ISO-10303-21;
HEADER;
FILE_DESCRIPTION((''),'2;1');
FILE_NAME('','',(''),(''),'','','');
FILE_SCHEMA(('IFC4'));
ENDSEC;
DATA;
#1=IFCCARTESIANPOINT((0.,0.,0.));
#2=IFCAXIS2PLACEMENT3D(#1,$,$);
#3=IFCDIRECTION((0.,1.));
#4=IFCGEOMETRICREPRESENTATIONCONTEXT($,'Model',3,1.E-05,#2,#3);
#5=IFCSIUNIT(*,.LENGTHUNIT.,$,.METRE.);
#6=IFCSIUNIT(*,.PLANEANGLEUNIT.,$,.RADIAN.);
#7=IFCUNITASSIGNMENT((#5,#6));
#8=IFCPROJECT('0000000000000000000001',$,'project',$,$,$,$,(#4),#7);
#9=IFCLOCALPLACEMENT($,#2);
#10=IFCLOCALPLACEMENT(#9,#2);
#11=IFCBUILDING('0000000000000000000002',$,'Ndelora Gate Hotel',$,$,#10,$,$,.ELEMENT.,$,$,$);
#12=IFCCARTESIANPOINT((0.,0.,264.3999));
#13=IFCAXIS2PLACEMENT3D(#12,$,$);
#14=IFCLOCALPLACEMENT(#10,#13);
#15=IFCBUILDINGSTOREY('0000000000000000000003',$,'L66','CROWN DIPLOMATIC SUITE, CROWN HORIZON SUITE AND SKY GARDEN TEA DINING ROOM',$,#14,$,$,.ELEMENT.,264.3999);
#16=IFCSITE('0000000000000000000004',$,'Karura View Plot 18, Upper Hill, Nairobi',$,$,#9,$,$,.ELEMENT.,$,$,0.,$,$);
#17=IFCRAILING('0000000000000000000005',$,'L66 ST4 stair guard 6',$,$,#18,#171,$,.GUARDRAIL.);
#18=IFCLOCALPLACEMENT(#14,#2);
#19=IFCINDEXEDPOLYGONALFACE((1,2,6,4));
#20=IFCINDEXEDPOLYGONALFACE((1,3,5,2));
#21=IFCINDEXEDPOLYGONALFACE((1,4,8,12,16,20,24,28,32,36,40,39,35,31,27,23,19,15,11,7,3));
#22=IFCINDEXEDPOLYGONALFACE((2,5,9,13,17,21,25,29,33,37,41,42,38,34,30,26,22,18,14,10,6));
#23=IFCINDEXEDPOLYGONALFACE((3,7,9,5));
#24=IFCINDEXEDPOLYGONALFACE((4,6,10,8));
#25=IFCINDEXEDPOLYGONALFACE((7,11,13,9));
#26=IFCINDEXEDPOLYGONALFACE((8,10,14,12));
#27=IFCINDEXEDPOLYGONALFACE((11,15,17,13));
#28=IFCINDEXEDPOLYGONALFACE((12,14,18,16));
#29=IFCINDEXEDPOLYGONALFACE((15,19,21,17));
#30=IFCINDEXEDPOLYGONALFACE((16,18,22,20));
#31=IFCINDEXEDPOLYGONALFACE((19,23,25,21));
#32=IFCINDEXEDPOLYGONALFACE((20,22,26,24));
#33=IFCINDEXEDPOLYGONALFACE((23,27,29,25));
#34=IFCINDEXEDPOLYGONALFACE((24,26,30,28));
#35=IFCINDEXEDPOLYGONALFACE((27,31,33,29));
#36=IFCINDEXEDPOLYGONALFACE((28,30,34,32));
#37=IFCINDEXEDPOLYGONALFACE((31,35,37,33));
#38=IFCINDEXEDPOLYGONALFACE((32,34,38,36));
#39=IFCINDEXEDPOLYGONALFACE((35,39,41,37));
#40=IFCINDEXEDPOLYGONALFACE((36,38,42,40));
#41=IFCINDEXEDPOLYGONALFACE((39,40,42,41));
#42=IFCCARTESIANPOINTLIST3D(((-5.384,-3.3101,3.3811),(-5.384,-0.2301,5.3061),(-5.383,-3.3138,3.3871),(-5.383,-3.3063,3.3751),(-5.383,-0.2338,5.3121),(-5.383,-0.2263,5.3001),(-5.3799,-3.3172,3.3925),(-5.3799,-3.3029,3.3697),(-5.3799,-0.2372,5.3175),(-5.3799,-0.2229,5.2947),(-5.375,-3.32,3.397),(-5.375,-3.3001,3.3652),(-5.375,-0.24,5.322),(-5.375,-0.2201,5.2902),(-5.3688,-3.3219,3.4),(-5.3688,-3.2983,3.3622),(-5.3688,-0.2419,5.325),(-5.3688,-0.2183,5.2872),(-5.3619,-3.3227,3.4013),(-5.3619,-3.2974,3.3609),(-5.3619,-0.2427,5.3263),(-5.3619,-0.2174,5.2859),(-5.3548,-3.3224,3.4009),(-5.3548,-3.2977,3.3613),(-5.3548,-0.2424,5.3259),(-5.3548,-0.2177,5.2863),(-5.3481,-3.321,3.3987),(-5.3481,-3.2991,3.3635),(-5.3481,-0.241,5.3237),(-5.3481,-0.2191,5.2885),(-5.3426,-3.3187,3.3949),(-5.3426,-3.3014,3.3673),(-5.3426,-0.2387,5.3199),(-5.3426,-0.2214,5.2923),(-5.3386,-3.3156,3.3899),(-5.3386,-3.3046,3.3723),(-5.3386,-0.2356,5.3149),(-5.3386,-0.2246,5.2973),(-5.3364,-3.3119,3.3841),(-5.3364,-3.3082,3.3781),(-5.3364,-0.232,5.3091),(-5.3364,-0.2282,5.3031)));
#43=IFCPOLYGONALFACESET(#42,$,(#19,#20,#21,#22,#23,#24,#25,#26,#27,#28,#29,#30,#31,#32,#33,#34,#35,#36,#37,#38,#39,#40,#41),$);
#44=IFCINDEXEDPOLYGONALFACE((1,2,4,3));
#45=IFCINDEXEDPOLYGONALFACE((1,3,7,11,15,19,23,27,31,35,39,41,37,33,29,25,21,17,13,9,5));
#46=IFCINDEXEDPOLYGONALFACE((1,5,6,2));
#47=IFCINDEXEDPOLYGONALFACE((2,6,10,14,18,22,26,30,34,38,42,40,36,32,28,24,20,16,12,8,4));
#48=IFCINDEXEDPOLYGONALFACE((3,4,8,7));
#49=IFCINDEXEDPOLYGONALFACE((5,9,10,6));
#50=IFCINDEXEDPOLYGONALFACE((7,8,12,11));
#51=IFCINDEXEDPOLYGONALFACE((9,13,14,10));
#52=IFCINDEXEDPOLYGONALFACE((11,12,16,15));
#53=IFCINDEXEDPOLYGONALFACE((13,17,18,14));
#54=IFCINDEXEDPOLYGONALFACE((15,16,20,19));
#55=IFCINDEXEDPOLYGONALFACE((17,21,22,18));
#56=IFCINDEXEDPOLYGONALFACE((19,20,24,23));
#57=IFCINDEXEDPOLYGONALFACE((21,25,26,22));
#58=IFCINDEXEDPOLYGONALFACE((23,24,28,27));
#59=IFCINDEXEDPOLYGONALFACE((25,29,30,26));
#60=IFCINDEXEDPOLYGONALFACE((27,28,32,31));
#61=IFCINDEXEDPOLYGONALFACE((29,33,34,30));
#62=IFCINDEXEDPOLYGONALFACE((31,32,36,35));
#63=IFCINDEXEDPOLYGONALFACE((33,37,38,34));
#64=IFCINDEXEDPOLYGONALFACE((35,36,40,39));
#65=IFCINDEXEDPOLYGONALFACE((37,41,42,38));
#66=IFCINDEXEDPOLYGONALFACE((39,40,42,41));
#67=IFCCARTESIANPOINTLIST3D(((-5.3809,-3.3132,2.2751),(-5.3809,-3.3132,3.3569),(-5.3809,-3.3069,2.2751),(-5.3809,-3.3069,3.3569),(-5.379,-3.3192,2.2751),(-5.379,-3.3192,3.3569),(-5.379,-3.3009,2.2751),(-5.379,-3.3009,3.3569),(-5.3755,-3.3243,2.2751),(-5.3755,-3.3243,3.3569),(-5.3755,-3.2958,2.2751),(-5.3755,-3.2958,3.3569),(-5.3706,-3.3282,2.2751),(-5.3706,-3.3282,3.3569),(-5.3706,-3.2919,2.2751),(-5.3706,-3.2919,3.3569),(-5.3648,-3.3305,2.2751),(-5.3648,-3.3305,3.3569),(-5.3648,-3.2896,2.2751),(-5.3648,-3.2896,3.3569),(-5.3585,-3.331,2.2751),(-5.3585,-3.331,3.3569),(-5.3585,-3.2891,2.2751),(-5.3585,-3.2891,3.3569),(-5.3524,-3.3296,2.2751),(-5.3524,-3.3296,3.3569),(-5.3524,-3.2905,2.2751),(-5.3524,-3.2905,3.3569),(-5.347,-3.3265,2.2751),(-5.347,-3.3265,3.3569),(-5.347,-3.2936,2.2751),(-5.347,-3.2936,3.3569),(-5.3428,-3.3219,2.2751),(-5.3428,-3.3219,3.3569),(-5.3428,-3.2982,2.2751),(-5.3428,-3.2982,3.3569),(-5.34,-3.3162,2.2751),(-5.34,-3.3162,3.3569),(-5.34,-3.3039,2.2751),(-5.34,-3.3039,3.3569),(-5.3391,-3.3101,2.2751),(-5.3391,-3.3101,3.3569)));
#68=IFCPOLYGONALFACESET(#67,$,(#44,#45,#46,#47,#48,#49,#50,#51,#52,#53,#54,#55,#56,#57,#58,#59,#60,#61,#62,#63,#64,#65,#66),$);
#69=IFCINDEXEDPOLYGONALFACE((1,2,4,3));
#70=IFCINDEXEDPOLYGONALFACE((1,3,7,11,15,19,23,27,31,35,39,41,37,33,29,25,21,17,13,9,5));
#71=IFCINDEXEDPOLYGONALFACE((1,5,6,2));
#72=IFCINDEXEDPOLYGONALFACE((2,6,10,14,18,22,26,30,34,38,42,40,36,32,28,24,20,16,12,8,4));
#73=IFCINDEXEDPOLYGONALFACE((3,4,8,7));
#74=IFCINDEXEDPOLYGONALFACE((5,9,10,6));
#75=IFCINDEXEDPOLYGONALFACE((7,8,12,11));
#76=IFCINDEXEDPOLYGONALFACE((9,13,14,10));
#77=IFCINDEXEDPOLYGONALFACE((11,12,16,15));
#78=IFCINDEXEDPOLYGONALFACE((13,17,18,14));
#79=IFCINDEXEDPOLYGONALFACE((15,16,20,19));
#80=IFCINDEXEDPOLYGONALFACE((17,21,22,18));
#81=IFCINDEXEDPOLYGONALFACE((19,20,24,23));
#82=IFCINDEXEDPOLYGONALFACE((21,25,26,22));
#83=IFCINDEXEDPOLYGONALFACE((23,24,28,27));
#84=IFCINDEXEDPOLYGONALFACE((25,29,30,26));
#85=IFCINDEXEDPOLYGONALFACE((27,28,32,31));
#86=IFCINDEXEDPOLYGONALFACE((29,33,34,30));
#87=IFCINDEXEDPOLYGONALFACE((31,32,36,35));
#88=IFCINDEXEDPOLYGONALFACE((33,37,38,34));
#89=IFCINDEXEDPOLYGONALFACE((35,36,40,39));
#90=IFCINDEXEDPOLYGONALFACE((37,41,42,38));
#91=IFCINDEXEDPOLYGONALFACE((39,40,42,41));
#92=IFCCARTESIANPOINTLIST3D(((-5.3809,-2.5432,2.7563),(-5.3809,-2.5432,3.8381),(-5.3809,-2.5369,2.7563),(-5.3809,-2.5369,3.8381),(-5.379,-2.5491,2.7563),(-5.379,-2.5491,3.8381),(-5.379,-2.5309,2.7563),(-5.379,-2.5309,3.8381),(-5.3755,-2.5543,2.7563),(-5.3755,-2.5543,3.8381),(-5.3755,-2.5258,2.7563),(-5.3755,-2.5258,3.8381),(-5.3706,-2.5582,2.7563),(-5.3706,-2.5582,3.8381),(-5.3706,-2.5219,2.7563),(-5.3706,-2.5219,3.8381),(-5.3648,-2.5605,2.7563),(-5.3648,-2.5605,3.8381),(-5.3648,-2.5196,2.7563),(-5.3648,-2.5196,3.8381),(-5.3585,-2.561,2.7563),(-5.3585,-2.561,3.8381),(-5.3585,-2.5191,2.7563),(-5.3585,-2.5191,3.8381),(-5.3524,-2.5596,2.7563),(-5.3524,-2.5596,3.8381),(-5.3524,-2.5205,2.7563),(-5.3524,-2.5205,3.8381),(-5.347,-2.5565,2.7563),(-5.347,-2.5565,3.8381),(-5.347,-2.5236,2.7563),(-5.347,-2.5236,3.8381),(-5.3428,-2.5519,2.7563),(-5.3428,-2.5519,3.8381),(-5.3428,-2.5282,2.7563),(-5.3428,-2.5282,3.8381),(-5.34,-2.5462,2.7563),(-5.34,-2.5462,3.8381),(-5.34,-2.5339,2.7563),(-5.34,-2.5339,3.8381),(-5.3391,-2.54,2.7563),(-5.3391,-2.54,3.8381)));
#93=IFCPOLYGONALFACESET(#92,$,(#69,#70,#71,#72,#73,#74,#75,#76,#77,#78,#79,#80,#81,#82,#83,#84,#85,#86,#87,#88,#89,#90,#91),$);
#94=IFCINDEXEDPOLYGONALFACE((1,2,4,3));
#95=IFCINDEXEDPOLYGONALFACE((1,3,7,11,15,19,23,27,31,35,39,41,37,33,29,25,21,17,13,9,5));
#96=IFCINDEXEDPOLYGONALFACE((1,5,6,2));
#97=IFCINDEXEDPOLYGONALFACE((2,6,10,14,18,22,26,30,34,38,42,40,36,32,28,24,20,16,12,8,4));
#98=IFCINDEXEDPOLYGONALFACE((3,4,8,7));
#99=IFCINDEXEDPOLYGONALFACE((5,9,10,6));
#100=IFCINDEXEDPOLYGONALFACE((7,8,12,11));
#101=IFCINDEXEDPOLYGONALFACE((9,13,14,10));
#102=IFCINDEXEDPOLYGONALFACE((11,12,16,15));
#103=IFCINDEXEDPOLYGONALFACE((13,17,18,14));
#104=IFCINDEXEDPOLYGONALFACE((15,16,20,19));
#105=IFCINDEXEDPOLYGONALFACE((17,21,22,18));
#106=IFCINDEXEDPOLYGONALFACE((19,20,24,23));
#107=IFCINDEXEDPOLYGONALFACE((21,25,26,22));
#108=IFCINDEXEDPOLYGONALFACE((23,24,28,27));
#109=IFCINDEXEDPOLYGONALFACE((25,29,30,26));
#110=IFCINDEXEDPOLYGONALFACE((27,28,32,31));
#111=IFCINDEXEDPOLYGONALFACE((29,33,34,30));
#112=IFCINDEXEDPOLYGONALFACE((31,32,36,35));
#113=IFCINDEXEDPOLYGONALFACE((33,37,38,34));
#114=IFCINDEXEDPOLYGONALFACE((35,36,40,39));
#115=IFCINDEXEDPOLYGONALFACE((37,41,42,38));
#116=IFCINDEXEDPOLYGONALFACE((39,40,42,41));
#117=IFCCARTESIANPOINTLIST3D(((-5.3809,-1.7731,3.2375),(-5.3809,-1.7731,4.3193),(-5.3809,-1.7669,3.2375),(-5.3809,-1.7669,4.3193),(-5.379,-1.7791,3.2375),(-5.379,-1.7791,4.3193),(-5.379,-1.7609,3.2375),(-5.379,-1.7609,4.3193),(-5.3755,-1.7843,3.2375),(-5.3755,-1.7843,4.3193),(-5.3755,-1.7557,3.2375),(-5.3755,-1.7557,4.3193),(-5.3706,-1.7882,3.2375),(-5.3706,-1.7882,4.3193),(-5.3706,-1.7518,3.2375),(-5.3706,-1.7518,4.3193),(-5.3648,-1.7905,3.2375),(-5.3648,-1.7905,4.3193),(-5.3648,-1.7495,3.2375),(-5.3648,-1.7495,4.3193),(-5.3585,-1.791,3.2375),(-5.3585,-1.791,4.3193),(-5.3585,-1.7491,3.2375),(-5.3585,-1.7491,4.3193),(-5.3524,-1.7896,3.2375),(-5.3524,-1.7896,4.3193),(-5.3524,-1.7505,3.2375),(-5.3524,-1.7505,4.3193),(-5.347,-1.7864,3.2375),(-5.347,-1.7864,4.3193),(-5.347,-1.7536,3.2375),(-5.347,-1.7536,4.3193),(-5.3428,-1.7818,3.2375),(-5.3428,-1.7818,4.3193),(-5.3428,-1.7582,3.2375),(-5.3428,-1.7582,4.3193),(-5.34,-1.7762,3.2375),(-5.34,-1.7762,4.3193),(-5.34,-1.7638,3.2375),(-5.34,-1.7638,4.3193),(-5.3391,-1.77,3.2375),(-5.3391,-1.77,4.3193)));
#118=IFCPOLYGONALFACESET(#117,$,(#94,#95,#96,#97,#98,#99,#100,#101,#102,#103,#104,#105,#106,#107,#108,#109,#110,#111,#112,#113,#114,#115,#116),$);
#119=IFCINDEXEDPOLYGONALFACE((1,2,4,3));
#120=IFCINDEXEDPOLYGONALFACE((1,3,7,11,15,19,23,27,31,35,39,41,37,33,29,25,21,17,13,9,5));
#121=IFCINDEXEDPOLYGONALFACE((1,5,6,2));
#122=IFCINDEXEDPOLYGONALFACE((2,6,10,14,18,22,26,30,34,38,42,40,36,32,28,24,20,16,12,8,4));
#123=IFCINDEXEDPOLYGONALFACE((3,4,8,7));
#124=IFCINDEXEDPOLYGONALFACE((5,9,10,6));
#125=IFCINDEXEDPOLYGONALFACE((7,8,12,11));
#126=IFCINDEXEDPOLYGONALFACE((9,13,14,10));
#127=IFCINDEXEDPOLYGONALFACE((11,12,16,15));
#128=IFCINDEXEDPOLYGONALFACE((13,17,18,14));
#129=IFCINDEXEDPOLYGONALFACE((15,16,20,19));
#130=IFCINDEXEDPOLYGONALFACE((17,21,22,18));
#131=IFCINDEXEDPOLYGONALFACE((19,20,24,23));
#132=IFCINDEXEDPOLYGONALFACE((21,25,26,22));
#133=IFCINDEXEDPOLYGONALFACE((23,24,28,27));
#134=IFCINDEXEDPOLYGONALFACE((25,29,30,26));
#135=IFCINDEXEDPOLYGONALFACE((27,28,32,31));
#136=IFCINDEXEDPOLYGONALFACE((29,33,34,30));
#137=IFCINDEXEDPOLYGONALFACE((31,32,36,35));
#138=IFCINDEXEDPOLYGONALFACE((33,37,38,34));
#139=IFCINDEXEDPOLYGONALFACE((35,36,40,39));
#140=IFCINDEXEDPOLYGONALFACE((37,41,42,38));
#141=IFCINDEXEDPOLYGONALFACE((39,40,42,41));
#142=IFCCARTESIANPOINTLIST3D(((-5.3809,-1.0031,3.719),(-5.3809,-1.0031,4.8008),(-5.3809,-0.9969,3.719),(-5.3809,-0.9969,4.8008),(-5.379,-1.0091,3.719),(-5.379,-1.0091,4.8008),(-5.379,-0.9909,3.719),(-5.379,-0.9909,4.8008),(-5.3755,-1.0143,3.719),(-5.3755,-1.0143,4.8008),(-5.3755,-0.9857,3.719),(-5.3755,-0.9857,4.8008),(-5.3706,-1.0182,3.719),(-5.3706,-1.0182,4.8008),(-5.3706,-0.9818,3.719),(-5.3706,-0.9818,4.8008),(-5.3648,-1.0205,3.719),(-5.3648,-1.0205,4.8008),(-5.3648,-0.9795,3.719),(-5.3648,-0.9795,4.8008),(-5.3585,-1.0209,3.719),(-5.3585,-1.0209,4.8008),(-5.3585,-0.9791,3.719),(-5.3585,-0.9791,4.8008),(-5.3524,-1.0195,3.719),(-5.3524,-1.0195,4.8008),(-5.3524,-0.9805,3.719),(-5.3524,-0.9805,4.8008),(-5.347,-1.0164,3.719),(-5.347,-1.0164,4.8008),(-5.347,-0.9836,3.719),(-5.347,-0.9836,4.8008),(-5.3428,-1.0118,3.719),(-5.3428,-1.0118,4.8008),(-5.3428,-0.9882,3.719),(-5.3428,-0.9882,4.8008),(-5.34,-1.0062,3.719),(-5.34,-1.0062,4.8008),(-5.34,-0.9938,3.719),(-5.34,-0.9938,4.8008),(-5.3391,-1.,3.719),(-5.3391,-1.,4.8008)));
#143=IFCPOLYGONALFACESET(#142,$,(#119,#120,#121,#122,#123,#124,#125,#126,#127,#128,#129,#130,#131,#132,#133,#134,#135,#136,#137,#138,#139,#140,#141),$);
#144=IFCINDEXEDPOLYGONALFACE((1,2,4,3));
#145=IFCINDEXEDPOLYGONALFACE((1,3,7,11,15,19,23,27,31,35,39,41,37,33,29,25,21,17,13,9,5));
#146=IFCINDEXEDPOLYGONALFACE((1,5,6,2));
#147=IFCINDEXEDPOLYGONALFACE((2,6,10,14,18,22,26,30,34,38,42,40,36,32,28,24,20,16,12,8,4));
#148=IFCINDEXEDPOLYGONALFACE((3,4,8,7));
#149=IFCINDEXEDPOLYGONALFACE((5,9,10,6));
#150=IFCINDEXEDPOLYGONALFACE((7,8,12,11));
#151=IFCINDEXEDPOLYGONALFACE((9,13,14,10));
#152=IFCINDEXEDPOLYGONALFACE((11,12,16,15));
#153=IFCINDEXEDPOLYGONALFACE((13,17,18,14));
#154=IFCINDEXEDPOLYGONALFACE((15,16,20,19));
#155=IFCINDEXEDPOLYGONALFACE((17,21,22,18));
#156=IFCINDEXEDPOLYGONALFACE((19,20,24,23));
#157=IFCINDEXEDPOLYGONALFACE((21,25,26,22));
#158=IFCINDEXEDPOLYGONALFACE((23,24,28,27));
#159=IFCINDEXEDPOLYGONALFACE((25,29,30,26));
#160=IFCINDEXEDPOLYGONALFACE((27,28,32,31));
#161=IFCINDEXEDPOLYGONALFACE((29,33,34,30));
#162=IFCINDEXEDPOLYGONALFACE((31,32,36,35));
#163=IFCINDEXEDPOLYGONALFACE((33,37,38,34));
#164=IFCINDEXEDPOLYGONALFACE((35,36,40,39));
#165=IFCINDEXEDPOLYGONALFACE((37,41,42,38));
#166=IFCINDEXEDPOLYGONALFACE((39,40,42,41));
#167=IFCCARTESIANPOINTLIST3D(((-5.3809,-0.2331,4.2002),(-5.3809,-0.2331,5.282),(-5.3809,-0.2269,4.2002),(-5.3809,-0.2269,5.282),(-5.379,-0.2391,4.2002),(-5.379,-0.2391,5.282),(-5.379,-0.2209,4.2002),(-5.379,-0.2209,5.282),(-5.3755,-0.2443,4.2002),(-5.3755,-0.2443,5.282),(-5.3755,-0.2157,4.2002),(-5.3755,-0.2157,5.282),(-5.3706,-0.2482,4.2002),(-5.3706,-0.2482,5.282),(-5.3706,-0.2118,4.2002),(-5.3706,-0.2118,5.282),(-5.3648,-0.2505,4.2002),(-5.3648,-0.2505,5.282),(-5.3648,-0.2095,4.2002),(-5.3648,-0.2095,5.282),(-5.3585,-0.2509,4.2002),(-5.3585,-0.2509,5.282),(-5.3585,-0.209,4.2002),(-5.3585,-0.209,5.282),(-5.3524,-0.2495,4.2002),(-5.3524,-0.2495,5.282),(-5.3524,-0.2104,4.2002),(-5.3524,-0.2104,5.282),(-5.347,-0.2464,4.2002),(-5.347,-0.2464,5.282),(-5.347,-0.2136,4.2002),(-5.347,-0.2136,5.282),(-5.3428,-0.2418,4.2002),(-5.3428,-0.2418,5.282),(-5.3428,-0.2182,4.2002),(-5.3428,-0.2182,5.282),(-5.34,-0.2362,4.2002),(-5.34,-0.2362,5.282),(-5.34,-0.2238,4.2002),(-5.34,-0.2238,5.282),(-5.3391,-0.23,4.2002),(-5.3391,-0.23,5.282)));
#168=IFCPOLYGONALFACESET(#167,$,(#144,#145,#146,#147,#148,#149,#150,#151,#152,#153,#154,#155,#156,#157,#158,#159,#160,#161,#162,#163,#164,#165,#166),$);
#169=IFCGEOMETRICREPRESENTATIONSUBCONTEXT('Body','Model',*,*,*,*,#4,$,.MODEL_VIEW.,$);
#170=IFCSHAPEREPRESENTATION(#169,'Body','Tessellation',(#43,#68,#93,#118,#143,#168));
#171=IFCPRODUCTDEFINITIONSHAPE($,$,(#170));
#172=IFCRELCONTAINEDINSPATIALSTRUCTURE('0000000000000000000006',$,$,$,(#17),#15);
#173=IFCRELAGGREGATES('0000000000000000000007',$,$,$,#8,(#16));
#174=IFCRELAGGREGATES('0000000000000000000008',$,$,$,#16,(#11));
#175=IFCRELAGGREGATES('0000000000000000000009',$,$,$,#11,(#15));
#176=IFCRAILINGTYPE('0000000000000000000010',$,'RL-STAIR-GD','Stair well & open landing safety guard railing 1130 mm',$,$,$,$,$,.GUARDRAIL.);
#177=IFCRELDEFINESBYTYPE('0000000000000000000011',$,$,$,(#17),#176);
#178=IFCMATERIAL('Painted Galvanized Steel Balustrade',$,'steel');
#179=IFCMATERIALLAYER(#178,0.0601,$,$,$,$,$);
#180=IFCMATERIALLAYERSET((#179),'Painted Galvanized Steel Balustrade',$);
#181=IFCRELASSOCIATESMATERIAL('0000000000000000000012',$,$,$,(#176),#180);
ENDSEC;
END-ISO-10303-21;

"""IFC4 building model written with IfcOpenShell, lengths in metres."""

from ifc_helpers import new_model, si_unit, direction, frame, origin, origin_2d, place, context, subcontext, project, spatial, circle, extrude, material, layer, layer_set, type_object, element, save


model = new_model("IFC4")

# Units and contexts
model_context = context("Model", 3, precision=1e-05, world=origin(), true_north=direction((0.0, 1.0)))
body_context = subcontext(model_context, "Body", "Model", "MODEL_VIEW")
ifc_project = project(units=[si_unit("LENGTHUNIT", "METRE"), si_unit("PLANEANGLEUNIT", "RADIAN")], contexts=[model_context])

# Site, building, storey
site_placement = place(None, origin())
site = spatial("IfcSite", under=ifc_project, at=site_placement, Name="Karura View Plot 18, Upper Hill, Nairobi", CompositionType="ELEMENT", RefElevation=0.0)
building_placement = place(site_placement, origin())
building = spatial("IfcBuilding", under=site, at=building_placement, Name="Ndelora Gate Hotel", CompositionType="ELEMENT")
storey_placement = place(building_placement, frame((0.0, 0.0, 264.3999)))
storey = spatial("IfcBuildingStorey", under=building, at=storey_placement, Name="L66", Description="CROWN DIPLOMATIC SUITE, CROWN HORIZON SUITE AND SKY GARDEN TEA DINING ROOM", CompositionType="ELEMENT", Elevation=264.3999)

# Railing
ifc_material_1 = material(Name="Painted Galvanized Steel Balustrade", Category="steel")
ifc_layer_1 = layer(ifc_material_1, 0.0601)
ifc_layer_set_1 = layer_set([ifc_layer_1], Name="Painted Galvanized Steel Balustrade")
railing_type_1 = type_object("IfcRailingType", Name="RL-STAIR-GD", Description="Stair well & open landing safety guard railing 1130 mm", PredefinedType="GUARDRAIL", material=ifc_layer_set_1)
railing_1_placement = place(storey_placement, frame((-5.3601, -3.3101, 2.2751)))
element("IfcRailing", 1, at=railing_1_placement, inside=storey, type_object=railing_type_1, Name="L66 ST4 stair guard 6", PredefinedType="GUARDRAIL", context=body_context, shape_type="SweptSolid", body=[
    extrude(circle(Radius=0.0239, at=origin_2d()), frame((0.0, 0.0, 1.106), z_axis=(0.0, 0.847998, 0.529999), x_axis=(-1.0, 0.0, 0.0)), (0.0, 0.0, 1.0), 3.6321),
    extrude(circle(Radius=0.021, at=origin_2d()), origin(), (0.0, 0.0, 1.0), 1.0818),
    extrude(circle(Radius=0.021, at=origin_2d()), frame((0.0, 0.77, 0.4812)), (0.0, 0.0, 1.0), 1.0818),
    extrude(circle(Radius=0.021, at=origin_2d()), frame((0.0, 1.54, 0.9624)), (0.0, 0.0, 1.0), 1.0818),
    extrude(circle(Radius=0.021, at=origin_2d()), frame((0.0, 2.3101, 1.4438)), (0.0, 0.0, 1.0), 1.0818),
    extrude(circle(Radius=0.021, at=origin_2d()), frame((0.0, 3.0801, 1.925)), (0.0, 0.0, 1.0), 1.0818),
])

save(model, "model.ifc")
